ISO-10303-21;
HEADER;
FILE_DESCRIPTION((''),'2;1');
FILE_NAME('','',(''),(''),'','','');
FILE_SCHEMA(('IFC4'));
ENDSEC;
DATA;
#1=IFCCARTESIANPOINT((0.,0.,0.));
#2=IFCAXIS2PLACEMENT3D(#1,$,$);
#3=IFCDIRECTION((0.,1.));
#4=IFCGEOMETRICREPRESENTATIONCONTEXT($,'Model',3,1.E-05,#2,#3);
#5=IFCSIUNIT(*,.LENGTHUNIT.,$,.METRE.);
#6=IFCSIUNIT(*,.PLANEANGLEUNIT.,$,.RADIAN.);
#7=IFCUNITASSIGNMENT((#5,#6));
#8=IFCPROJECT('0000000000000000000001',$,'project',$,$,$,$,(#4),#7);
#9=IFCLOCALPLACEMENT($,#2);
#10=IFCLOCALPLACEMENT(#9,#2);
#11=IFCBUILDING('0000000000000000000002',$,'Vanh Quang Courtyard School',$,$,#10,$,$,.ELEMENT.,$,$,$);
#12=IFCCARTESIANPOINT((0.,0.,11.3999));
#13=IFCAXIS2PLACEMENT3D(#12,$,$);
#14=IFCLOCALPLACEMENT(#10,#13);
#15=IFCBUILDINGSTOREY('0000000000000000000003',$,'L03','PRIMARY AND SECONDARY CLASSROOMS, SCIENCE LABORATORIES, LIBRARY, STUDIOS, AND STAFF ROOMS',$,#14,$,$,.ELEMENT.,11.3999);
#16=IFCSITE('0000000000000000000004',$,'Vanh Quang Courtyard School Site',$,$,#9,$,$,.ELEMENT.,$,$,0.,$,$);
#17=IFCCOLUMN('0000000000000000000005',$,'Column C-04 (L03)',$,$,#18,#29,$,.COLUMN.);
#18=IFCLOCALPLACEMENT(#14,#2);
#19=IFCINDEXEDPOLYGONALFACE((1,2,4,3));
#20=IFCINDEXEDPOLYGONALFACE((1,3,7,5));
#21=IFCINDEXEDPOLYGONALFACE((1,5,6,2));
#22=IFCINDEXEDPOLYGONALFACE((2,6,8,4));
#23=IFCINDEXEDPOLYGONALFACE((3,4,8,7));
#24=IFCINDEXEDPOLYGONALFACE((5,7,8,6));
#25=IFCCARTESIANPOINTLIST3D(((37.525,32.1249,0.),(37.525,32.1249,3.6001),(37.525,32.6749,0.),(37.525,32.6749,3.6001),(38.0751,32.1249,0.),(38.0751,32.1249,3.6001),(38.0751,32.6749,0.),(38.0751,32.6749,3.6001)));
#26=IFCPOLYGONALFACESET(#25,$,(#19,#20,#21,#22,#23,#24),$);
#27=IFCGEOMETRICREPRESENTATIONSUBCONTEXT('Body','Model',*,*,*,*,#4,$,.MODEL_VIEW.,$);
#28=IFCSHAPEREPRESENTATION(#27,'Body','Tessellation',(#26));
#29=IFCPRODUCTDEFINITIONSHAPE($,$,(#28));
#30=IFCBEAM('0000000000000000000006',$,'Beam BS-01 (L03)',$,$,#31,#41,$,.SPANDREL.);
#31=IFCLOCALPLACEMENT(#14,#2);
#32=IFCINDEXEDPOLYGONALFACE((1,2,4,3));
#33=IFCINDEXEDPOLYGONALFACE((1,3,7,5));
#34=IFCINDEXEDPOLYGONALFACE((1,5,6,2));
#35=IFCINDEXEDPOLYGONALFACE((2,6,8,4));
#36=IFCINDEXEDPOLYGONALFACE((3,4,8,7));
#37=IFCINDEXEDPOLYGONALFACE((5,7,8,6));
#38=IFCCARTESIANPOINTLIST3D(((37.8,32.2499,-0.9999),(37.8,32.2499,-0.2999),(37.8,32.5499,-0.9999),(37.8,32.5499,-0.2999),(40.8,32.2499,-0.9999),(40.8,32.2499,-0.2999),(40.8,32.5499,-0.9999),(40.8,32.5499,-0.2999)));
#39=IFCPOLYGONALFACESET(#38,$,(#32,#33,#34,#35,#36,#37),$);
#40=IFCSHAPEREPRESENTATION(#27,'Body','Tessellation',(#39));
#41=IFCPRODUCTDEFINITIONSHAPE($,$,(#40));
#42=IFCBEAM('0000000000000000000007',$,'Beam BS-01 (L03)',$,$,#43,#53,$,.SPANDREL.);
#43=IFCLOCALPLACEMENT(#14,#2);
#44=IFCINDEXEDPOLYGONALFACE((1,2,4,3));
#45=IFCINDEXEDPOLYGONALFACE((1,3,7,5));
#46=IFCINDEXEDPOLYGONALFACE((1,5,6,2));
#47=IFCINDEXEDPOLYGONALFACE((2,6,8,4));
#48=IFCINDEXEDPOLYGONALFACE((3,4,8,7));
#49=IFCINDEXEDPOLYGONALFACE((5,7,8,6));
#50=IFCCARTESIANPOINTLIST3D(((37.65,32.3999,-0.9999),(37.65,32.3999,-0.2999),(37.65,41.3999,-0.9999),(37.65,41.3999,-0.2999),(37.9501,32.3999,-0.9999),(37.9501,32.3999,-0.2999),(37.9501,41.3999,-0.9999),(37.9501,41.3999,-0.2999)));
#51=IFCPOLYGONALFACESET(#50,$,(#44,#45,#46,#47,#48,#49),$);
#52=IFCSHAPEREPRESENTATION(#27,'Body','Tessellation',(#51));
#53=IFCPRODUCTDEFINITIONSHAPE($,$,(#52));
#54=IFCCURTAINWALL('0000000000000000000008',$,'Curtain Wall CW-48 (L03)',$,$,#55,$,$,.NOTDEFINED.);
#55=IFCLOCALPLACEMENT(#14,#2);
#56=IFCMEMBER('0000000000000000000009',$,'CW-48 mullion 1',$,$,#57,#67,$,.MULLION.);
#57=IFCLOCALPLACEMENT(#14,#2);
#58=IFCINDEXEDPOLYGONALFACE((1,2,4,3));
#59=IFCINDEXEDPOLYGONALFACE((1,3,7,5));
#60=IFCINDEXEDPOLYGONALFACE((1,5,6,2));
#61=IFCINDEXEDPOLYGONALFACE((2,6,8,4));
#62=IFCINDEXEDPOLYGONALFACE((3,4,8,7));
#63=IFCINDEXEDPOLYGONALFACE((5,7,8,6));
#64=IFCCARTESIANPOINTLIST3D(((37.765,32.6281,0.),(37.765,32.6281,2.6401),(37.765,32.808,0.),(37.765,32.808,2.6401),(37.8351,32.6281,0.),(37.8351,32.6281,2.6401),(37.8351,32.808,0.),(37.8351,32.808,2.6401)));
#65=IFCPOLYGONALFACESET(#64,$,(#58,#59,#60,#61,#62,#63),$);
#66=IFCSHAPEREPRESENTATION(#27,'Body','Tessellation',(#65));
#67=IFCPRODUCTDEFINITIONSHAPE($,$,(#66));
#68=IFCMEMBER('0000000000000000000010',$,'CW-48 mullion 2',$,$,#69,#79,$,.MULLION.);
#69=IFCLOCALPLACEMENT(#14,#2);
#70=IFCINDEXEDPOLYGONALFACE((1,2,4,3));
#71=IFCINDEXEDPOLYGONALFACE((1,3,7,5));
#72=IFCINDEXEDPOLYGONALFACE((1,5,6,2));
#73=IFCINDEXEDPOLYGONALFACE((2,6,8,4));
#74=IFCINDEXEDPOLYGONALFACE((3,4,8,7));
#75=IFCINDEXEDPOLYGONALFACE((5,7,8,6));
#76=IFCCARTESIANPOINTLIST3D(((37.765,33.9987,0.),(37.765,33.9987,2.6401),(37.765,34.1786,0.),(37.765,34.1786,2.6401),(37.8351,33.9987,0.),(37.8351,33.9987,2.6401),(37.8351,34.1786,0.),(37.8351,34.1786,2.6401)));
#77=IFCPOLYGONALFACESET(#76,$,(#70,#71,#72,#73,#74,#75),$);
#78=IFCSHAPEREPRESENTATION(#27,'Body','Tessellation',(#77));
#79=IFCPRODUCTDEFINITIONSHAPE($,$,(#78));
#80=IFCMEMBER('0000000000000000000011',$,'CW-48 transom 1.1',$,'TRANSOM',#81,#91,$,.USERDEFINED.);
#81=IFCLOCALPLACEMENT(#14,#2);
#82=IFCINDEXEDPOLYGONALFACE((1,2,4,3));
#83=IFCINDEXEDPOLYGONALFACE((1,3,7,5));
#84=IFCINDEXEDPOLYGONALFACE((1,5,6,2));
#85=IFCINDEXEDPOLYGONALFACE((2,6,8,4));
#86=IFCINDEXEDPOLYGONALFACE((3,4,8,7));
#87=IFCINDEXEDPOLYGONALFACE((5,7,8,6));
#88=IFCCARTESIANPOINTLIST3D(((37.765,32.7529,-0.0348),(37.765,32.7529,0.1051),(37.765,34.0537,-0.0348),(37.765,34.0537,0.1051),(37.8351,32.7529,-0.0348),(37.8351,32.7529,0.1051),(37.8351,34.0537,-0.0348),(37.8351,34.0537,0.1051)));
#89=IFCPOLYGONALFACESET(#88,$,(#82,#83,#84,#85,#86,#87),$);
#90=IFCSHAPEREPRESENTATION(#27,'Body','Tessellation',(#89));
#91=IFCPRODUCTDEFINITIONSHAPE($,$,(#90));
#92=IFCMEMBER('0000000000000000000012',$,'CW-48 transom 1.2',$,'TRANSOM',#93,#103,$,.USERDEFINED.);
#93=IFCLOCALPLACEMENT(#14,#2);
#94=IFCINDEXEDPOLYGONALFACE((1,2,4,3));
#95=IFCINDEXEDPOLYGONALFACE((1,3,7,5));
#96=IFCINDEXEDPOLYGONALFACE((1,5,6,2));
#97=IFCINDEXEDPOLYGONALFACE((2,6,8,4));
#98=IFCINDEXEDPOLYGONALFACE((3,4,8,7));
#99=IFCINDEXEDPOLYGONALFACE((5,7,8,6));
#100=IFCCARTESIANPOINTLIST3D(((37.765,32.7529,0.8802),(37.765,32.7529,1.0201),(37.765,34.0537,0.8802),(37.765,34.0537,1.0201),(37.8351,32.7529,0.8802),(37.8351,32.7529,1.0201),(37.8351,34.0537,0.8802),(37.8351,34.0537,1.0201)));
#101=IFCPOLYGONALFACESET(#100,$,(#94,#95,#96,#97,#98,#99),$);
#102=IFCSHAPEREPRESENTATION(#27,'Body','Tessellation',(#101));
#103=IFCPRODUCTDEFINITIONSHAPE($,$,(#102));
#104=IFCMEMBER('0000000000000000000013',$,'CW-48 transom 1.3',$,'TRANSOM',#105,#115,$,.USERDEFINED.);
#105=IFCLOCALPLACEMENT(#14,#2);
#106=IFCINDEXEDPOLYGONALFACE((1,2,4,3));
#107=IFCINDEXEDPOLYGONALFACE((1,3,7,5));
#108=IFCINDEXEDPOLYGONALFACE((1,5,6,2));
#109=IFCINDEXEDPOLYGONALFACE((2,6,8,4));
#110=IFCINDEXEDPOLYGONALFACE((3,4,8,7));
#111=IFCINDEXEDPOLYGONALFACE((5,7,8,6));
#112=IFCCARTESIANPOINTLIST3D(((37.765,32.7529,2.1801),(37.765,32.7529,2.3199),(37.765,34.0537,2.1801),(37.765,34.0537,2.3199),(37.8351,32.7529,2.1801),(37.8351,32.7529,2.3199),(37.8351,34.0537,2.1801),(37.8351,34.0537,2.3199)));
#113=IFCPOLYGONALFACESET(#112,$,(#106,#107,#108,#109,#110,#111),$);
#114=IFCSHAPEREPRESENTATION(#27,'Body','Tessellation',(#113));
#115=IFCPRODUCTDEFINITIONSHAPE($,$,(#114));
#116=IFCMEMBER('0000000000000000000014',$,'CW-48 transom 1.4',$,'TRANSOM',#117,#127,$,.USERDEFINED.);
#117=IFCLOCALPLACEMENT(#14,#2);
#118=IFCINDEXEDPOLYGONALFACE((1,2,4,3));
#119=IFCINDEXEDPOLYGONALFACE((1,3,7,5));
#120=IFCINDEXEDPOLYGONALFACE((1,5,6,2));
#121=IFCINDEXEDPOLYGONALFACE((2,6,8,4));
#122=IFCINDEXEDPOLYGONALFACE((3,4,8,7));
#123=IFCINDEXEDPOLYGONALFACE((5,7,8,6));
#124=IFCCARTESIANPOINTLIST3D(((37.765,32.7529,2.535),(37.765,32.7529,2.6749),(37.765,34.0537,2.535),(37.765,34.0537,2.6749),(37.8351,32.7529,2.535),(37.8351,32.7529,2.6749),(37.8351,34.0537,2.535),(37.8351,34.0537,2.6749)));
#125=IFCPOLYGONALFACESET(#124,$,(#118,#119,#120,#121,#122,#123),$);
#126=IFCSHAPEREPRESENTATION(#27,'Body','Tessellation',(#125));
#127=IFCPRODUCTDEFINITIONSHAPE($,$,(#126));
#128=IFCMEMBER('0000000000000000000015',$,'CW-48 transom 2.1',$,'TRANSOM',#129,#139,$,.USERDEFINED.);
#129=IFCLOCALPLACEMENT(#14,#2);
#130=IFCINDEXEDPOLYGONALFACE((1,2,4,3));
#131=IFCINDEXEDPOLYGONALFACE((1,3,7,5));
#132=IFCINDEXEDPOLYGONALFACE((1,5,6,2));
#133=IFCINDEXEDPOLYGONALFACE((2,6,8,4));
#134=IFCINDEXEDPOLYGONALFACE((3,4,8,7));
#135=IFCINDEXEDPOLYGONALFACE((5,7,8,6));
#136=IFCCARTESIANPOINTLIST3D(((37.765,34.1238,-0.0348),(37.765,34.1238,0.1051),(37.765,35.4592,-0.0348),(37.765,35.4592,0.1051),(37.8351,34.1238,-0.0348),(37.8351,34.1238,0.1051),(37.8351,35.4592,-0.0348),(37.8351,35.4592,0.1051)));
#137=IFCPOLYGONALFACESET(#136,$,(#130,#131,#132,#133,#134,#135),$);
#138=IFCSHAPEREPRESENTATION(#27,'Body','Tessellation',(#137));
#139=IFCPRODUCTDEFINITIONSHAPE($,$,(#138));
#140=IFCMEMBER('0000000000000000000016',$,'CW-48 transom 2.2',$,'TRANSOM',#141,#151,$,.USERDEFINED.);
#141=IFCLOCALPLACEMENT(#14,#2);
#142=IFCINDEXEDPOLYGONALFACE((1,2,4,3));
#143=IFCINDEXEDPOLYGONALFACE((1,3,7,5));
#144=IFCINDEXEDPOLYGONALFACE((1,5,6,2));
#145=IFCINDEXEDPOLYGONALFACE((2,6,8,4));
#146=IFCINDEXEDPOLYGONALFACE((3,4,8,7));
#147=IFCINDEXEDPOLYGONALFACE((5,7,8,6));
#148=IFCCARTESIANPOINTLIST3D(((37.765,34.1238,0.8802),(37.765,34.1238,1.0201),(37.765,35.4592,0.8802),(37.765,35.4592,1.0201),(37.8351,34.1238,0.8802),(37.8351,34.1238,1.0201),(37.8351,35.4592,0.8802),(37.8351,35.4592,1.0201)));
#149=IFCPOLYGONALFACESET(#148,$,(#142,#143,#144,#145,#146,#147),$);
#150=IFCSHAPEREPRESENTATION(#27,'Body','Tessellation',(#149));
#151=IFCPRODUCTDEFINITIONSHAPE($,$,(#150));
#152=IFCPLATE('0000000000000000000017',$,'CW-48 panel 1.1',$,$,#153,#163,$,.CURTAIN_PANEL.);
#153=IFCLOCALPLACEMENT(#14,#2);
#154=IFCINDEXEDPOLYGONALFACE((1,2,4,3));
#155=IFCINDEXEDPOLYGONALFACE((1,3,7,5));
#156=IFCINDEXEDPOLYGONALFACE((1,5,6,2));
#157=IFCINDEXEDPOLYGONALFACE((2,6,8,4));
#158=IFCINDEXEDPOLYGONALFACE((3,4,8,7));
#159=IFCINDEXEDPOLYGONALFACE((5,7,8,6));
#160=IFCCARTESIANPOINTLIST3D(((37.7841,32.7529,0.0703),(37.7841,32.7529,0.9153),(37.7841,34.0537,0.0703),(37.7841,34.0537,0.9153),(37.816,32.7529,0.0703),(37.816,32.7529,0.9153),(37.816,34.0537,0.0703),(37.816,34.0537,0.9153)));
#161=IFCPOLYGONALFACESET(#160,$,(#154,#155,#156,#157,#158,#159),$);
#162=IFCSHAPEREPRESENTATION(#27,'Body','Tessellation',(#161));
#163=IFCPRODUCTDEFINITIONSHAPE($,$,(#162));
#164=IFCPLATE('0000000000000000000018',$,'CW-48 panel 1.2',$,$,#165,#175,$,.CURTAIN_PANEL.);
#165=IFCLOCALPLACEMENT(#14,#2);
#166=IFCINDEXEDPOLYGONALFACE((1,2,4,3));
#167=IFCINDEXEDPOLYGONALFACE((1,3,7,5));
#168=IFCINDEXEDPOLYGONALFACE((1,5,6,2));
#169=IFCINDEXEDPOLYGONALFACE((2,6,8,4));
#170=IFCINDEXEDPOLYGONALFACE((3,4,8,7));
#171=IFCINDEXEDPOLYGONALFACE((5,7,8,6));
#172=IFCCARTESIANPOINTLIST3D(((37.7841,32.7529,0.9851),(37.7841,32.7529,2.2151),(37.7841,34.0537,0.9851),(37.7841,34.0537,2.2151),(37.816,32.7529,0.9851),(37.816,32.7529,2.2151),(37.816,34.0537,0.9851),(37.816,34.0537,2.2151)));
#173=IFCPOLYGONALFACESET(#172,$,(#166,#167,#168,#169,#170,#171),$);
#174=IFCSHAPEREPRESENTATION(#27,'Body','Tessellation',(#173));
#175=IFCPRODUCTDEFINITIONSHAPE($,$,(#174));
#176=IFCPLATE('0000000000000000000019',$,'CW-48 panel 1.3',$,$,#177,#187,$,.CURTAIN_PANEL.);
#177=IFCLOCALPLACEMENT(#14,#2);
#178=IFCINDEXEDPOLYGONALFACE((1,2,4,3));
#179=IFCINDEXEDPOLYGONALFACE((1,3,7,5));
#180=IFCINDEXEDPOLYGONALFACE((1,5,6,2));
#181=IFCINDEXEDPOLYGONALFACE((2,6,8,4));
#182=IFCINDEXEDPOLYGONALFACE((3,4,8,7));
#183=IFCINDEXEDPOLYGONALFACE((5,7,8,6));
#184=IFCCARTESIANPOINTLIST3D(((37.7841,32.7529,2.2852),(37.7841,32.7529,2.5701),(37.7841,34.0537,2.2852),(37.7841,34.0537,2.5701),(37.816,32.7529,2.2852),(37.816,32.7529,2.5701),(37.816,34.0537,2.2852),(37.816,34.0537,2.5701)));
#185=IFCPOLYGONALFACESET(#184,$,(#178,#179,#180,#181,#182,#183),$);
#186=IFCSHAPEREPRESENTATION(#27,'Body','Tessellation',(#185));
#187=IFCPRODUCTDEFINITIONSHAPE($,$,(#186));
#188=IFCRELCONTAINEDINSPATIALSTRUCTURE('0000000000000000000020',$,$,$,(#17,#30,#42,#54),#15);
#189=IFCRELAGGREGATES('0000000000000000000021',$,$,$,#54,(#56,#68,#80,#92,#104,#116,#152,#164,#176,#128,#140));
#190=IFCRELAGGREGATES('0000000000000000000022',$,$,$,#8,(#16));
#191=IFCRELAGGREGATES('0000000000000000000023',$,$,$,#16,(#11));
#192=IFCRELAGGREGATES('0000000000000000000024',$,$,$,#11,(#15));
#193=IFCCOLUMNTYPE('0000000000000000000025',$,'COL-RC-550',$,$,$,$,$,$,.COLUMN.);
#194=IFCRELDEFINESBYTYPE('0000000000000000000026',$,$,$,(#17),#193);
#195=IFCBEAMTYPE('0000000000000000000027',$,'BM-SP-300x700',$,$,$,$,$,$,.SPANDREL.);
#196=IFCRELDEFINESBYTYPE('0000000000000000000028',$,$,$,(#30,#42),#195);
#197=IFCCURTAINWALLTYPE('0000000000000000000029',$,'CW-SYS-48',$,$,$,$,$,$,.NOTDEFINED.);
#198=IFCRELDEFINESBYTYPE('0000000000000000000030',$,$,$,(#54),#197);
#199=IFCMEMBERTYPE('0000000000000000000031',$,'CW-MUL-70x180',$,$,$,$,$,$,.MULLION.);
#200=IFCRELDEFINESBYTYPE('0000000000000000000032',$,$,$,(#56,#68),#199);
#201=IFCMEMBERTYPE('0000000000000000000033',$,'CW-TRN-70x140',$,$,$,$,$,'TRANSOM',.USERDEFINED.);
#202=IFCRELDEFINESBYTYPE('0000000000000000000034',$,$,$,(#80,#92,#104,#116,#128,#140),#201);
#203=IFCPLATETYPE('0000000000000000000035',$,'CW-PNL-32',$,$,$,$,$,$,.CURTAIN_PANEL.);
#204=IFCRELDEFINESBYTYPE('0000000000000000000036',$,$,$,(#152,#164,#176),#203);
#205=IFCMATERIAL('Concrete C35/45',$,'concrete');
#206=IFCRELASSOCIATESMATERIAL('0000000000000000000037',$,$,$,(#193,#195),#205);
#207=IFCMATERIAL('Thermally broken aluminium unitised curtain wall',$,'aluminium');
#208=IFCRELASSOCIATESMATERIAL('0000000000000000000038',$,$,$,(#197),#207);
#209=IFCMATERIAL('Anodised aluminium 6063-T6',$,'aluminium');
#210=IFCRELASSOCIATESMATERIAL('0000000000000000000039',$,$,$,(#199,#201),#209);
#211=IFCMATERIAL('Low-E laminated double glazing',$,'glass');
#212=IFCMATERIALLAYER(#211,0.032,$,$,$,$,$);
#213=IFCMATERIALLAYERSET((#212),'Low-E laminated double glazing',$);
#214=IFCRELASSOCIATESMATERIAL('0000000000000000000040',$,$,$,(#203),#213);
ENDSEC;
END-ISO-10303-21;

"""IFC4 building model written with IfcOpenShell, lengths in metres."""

from ifc_helpers import new_model, si_unit, direction, frame, origin, origin_2d, place, context, subcontext, project, spatial, rectangle, extrude, material, layer, layer_set, material_profile, profile_set, type_object, element, aggregate, save


model = new_model("IFC4")

# Units and contexts
model_context = context("Model", 3, precision=1e-05, world=origin(), true_north=direction((0.0, 1.0)))
body_context = subcontext(model_context, "Body", "Model", "MODEL_VIEW")
ifc_project = project(units=[si_unit("LENGTHUNIT", "METRE"), si_unit("PLANEANGLEUNIT", "RADIAN")], contexts=[model_context])

# Site, building, storey
site_placement = place(None, origin())
site = spatial("IfcSite", under=ifc_project, at=site_placement, Name="Vanh Quang Courtyard School Site", CompositionType="ELEMENT", RefElevation=0.0)
building_placement = place(site_placement, origin())
building = spatial("IfcBuilding", under=site, at=building_placement, Name="Vanh Quang Courtyard School", CompositionType="ELEMENT")
storey_placement = place(building_placement, frame((0.0, 0.0, 11.3999)))
storey = spatial("IfcBuildingStorey", under=building, at=storey_placement, Name="L03", Description="PRIMARY AND SECONDARY CLASSROOMS, SCIENCE LABORATORIES, LIBRARY, STUDIOS, AND STAFF ROOMS", CompositionType="ELEMENT", Elevation=11.3999)

# Column
ifc_material_1 = material(Name="Concrete C35/45", Category="concrete")
ifc_material_profile_1 = material_profile(ifc_material_1, rectangle(XDim=0.55, YDim=0.55, at=origin_2d()), Name="RC-COL 550x550")
ifc_profile_set_1 = profile_set([ifc_material_profile_1], Name="Concrete C35/45")
column_type = type_object("IfcColumnType", Name="COL-RC-550", PredefinedType="COLUMN", material=ifc_profile_set_1)
column_placement = place(storey_placement, frame((37.8, 32.3999, 0.0), z_axis=(0.0, 0.0, 1.0), x_axis=(1.0, 0.0, 0.0)))
element("IfcColumn", 1, at=column_placement, inside=storey, type_object=column_type, Name="Column C-04 (L03)", PredefinedType="COLUMN", context=body_context, shape_type="SweptSolid", body=[
    extrude(rectangle(XDim=0.55, YDim=0.55, at=origin_2d()), origin(), (0.0, 0.0, 1.0), 3.6001),
])

# Beams
ifc_material_profile_2 = material_profile(ifc_material_1, rectangle(XDim=0.3, YDim=0.7, at=origin_2d()), Name="RC-SP 300x700")
ifc_profile_set_2 = profile_set([ifc_material_profile_2], Name="Concrete C35/45")
beam_type = type_object("IfcBeamType", Name="BM-SP-300x700", PredefinedType="SPANDREL", material=ifc_profile_set_2)
beam_1_placement = place(storey_placement, frame((37.8, 32.3999, -0.6499), z_axis=(1.0, 0.0, 0.0), x_axis=(0.0, 1.0, 0.0)))
element("IfcBeam", 2, at=beam_1_placement, inside=storey, type_object=beam_type, Name="Beam BS-01 (L03)", PredefinedType="SPANDREL", context=body_context, shape_type="SweptSolid", body=[
    extrude(rectangle(XDim=0.3, YDim=0.7, at=origin_2d()), origin(), (0.0, 0.0, 1.0), 3.0),
])
beam_2_placement = place(storey_placement, frame((37.8, 32.3999, -0.6499), z_axis=(0.0, 1.0, 0.0), x_axis=(-1.0, 0.0, 0.0)))
element("IfcBeam", 3, at=beam_2_placement, inside=storey, type_object=beam_type, Name="Beam BS-01 (L03)", PredefinedType="SPANDREL", context=body_context, shape_type="SweptSolid", body=[
    extrude(rectangle(XDim=0.3, YDim=0.7, at=origin_2d()), origin(), (0.0, 0.0, 1.0), 9.0),
])

# Curtain wall, members, plates
ifc_material_2 = material(Name="Thermally broken aluminium unitised curtain wall", Category="aluminium")
curtain_wall_type = type_object("IfcCurtainWallType", Name="CW-SYS-48", PredefinedType="NOTDEFINED", material=ifc_material_2)
curtain_wall_placement = place(storey_placement, origin())
curtain_wall = element("IfcCurtainWall", 4, at=curtain_wall_placement, inside=storey, type_object=curtain_wall_type, Name="Curtain Wall CW-48 (L03)", PredefinedType="NOTDEFINED")
ifc_material_3 = material(Name="Anodised aluminium 6063-T6", Category="aluminium")
ifc_material_profile_3 = material_profile(ifc_material_3, rectangle(XDim=0.0701, YDim=0.1799, at=origin_2d()), Name="ALU-MUL 70x180")
ifc_profile_set_3 = profile_set([ifc_material_profile_3], Name="Anodised aluminium 6063-T6")
member_type_1 = type_object("IfcMemberType", Name="CW-MUL-70x180", PredefinedType="MULLION", material=ifc_profile_set_3)
member_1_placement = place(storey_placement, frame((37.8, 32.718, 0.0), z_axis=(0.0, 0.0, 1.0), x_axis=(-1.0, 0.0, 0.0)))
member_1 = element("IfcMember", 5, at=member_1_placement, type_object=member_type_1, Name="CW-48 mullion 1", PredefinedType="MULLION", context=body_context, shape_type="SweptSolid", body=[
    extrude(rectangle(XDim=0.0701, YDim=0.1799, at=origin_2d()), origin(), (0.0, 0.0, 1.0), 2.6401),
])
member_2_placement = place(storey_placement, frame((37.8, 34.0886, 0.0), z_axis=(0.0, 0.0, 1.0), x_axis=(-1.0, 0.0, 0.0)))
member_2 = element("IfcMember", 6, at=member_2_placement, type_object=member_type_1, Name="CW-48 mullion 2", PredefinedType="MULLION", context=body_context, shape_type="SweptSolid", body=[
    extrude(rectangle(XDim=0.0701, YDim=0.1799, at=origin_2d()), origin(), (0.0, 0.0, 1.0), 2.6401),
])
ifc_material_profile_4 = material_profile(ifc_material_3, rectangle(XDim=0.0701, YDim=0.1399, at=origin_2d()), Name="ALU-TRN 70x140")
ifc_profile_set_4 = profile_set([ifc_material_profile_4], Name="Anodised aluminium 6063-T6")
member_type_2 = type_object("IfcMemberType", Name="CW-TRN-70x140", ElementType="TRANSOM", PredefinedType="USERDEFINED", material=ifc_profile_set_4)
member_3_placement = place(storey_placement, frame((37.8, 32.7529, 0.0352), z_axis=(0.0, 1.0, 0.0), x_axis=(-1.0, 0.0, 0.0)))
member_3 = element("IfcMember", 7, at=member_3_placement, type_object=member_type_2, Name="CW-48 transom 1.1", ObjectType="TRANSOM", PredefinedType="USERDEFINED", context=body_context, shape_type="SweptSolid", body=[
    extrude(rectangle(XDim=0.0701, YDim=0.1399, at=origin_2d()), origin(), (0.0, 0.0, 1.0), 1.3008),
])
member_4_placement = place(storey_placement, frame((37.8, 32.7529, 0.9502), z_axis=(0.0, 1.0, 0.0), x_axis=(-1.0, 0.0, 0.0)))
member_4 = element("IfcMember", 8, at=member_4_placement, type_object=member_type_2, Name="CW-48 transom 1.2", ObjectType="TRANSOM", PredefinedType="USERDEFINED", context=body_context, shape_type="SweptSolid", body=[
    extrude(rectangle(XDim=0.0701, YDim=0.1399, at=origin_2d()), origin(), (0.0, 0.0, 1.0), 1.3008),
])
member_5_placement = place(storey_placement, frame((37.8, 32.7529, 2.25), z_axis=(0.0, 1.0, 0.0), x_axis=(-1.0, 0.0, 0.0)))
member_5 = element("IfcMember", 9, at=member_5_placement, type_object=member_type_2, Name="CW-48 transom 1.3", ObjectType="TRANSOM", PredefinedType="USERDEFINED", context=body_context, shape_type="SweptSolid", body=[
    extrude(rectangle(XDim=0.0701, YDim=0.1399, at=origin_2d()), origin(), (0.0, 0.0, 1.0), 1.3008),
])
member_6_placement = place(storey_placement, frame((37.8, 32.7529, 2.605), z_axis=(0.0, 1.0, 0.0), x_axis=(-1.0, 0.0, 0.0)))
member_6 = element("IfcMember", 10, at=member_6_placement, type_object=member_type_2, Name="CW-48 transom 1.4", ObjectType="TRANSOM", PredefinedType="USERDEFINED", context=body_context, shape_type="SweptSolid", body=[
    extrude(rectangle(XDim=0.0701, YDim=0.1399, at=origin_2d()), origin(), (0.0, 0.0, 1.0), 1.3008),
])
member_7_placement = place(storey_placement, frame((37.8, 34.1238, 0.0352), z_axis=(0.0, 1.0, 0.0), x_axis=(-1.0, 0.0, 0.0)))
member_7 = element("IfcMember", 11, at=member_7_placement, type_object=member_type_2, Name="CW-48 transom 2.1", ObjectType="TRANSOM", PredefinedType="USERDEFINED", context=body_context, shape_type="SweptSolid", body=[
    extrude(rectangle(XDim=0.0701, YDim=0.1399, at=origin_2d()), origin(), (0.0, 0.0, 1.0), 1.3354),
])
member_8_placement = place(storey_placement, frame((37.8, 34.1238, 0.9502), z_axis=(0.0, 1.0, 0.0), x_axis=(-1.0, 0.0, 0.0)))
member_8 = element("IfcMember", 12, at=member_8_placement, type_object=member_type_2, Name="CW-48 transom 2.2", ObjectType="TRANSOM", PredefinedType="USERDEFINED", context=body_context, shape_type="SweptSolid", body=[
    extrude(rectangle(XDim=0.0701, YDim=0.1399, at=origin_2d()), origin(), (0.0, 0.0, 1.0), 1.3354),
])
ifc_material_4 = material(Name="Low-E laminated double glazing", Category="glass")
ifc_layer_1 = layer(ifc_material_4, 0.032)
ifc_layer_set_1 = layer_set([ifc_layer_1], Name="Low-E laminated double glazing")
plate_type = type_object("IfcPlateType", Name="CW-PNL-32", PredefinedType="CURTAIN_PANEL", material=ifc_layer_set_1)
plate_1_placement = place(storey_placement, frame((37.8, 33.4033, 0.0703), z_axis=(0.0, 0.0, 1.0), x_axis=(0.0, 1.0, 0.0)))
plate_1 = element("IfcPlate", 13, at=plate_1_placement, type_object=plate_type, Name="CW-48 panel 1.1", PredefinedType="CURTAIN_PANEL", context=body_context, shape_type="SweptSolid", body=[
    extrude(rectangle(XDim=1.3008, YDim=0.032, at=origin_2d()), origin(), (0.0, 0.0, 1.0), 0.845),
])
plate_2_placement = place(storey_placement, frame((37.8, 33.4033, 0.9851), z_axis=(0.0, 0.0, 1.0), x_axis=(0.0, 1.0, 0.0)))
plate_2 = element("IfcPlate", 14, at=plate_2_placement, type_object=plate_type, Name="CW-48 panel 1.2", PredefinedType="CURTAIN_PANEL", context=body_context, shape_type="SweptSolid", body=[
    extrude(rectangle(XDim=1.3008, YDim=0.032, at=origin_2d()), origin(), (0.0, 0.0, 1.0), 1.23),
])
plate_3_placement = place(storey_placement, frame((37.8, 33.4033, 2.2852), z_axis=(0.0, 0.0, 1.0), x_axis=(0.0, 1.0, 0.0)))
plate_3 = element("IfcPlate", 15, at=plate_3_placement, type_object=plate_type, Name="CW-48 panel 1.3", PredefinedType="CURTAIN_PANEL", context=body_context, shape_type="SweptSolid", body=[
    extrude(rectangle(XDim=1.3008, YDim=0.032, at=origin_2d()), origin(), (0.0, 0.0, 1.0), 0.2849),
])
aggregate(curtain_wall, [member_1, member_2, member_3, member_4, member_5, member_6, plate_1, plate_2, plate_3, member_7, member_8])

save(model, "model.ifc")
